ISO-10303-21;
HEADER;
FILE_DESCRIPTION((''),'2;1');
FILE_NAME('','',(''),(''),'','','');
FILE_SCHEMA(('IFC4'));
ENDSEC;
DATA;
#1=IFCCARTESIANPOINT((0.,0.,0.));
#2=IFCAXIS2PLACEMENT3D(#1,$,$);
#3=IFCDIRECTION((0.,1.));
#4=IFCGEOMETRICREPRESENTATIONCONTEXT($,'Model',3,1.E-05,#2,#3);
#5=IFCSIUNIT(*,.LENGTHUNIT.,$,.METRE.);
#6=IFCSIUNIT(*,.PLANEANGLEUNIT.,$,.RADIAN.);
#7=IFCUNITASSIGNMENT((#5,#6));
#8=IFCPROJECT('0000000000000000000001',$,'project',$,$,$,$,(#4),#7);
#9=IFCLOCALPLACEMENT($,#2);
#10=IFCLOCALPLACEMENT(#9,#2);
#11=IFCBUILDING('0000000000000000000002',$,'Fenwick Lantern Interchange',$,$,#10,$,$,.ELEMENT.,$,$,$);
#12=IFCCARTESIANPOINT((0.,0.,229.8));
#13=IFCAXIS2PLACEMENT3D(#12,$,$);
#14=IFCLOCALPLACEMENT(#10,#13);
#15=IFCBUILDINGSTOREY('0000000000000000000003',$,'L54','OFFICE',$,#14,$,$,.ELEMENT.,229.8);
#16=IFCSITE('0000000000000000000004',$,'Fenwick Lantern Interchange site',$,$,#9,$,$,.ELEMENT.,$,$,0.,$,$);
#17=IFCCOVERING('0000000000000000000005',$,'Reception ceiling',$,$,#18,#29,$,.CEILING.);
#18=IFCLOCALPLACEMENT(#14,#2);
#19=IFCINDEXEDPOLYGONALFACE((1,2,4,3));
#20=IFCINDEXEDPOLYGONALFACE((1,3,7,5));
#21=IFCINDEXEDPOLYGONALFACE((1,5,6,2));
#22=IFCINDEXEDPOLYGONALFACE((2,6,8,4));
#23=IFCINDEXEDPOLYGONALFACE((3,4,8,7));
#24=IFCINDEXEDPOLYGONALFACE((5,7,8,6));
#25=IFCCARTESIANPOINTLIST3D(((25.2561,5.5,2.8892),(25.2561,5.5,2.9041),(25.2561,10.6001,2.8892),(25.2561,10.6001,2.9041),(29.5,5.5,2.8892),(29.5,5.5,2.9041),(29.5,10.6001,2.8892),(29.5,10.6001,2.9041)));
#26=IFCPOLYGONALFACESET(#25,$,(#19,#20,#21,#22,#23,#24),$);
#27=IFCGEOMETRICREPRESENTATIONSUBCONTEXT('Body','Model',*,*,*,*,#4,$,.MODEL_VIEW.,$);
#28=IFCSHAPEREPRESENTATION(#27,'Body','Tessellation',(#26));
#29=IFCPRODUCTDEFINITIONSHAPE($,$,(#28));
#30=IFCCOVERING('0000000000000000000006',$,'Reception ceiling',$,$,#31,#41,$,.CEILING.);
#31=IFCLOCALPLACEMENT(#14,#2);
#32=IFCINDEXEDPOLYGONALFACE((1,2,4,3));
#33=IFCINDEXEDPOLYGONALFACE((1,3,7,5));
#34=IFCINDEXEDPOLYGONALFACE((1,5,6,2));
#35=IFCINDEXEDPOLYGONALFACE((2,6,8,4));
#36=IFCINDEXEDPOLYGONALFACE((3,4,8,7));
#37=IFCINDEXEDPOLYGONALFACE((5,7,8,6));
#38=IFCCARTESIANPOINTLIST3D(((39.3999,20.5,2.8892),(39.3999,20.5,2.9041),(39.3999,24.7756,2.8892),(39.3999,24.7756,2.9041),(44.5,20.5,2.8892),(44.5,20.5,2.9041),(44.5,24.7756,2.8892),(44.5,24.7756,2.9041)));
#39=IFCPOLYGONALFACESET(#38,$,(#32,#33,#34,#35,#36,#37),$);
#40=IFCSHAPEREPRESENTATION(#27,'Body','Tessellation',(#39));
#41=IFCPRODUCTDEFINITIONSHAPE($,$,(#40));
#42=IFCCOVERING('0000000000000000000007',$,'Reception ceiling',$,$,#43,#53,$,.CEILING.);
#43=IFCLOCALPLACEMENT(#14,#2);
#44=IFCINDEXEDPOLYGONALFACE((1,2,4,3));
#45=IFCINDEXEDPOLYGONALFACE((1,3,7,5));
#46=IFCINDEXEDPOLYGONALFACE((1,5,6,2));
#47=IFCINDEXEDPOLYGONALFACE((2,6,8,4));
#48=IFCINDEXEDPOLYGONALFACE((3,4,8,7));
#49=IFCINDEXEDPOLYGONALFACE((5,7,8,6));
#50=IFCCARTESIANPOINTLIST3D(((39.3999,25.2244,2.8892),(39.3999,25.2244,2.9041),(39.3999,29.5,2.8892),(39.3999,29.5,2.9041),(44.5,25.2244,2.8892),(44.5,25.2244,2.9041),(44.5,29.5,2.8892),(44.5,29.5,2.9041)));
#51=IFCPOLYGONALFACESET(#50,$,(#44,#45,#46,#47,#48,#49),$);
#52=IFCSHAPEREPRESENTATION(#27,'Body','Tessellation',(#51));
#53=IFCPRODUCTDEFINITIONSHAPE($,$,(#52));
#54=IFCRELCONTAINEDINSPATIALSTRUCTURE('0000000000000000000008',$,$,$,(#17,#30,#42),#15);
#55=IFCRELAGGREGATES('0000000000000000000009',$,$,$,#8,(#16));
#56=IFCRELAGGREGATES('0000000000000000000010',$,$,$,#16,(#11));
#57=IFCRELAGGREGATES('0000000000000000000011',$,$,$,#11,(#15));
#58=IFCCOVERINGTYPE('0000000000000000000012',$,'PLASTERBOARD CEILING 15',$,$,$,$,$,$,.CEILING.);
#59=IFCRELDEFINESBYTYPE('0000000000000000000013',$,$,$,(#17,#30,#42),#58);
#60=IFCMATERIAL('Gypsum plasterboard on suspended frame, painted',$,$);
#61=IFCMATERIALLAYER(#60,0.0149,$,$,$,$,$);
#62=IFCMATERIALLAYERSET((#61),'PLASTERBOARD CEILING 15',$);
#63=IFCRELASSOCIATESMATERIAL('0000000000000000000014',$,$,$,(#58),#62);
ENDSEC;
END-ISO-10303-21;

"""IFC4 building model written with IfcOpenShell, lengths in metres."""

from ifc_helpers import new_model, si_unit, direction, frame, origin, place, context, subcontext, project, spatial, polyline, outline, extrude, material, layer, layer_set, type_object, element, save


model = new_model("IFC4")

# Units and contexts
model_context = context("Model", 3, precision=1e-05, world=origin(), true_north=direction((0.0, 1.0)))
body_context = subcontext(model_context, "Body", "Model", "MODEL_VIEW")
ifc_project = project(units=[si_unit("LENGTHUNIT", "METRE"), si_unit("PLANEANGLEUNIT", "RADIAN")], contexts=[model_context])

# Site, building, storey
site_placement = place(None, origin())
site = spatial("IfcSite", under=ifc_project, at=site_placement, Name="Fenwick Lantern Interchange site", CompositionType="ELEMENT", RefElevation=0.0)
building_placement = place(site_placement, origin())
building = spatial("IfcBuilding", under=site, at=building_placement, Name="Fenwick Lantern Interchange", CompositionType="ELEMENT")
storey_placement = place(building_placement, frame((0.0, 0.0, 229.8)))
storey = spatial("IfcBuildingStorey", under=building, at=storey_placement, Name="L54", Description="OFFICE", CompositionType="ELEMENT", Elevation=229.8)

# Coverings
ifc_material_1 = material(Name="Gypsum plasterboard on suspended frame, painted")
ifc_layer_1 = layer(ifc_material_1, 0.0149)
ifc_layer_set_1 = layer_set([ifc_layer_1], Name="PLASTERBOARD CEILING 15")
covering_type_1 = type_object("IfcCoveringType", Name="PLASTERBOARD CEILING 15", PredefinedType="CEILING", material=ifc_layer_set_1)
covering_1_placement = place(storey_placement, frame((0.0, 0.0, 2.8892)))
element("IfcCovering", 1, at=covering_1_placement, inside=storey, type_object=covering_type_1, Name="Reception ceiling", PredefinedType="CEILING", context=body_context, shape_type="SweptSolid", body=[
    extrude(outline(polyline([(29.5, 10.6001), (25.2561, 10.6001), (25.2561, 5.5), (29.5, 5.5), (29.5, 10.6001)])), origin(), (0.0, 0.0, 1.0), 0.0149),
])
covering_2_placement = place(storey_placement, frame((0.0, 0.0, 2.8892)))
element("IfcCovering", 2, at=covering_2_placement, inside=storey, type_object=covering_type_1, Name="Reception ceiling", PredefinedType="CEILING", context=body_context, shape_type="SweptSolid", body=[
    extrude(outline(polyline([(39.3999, 20.5), (44.5, 20.5), (44.5, 24.7756), (39.3999, 24.7756), (39.3999, 20.5)])), origin(), (0.0, 0.0, 1.0), 0.0149),
])
covering_3_placement = place(storey_placement, frame((0.0, 0.0, 2.8892)))
element("IfcCovering", 3, at=covering_3_placement, inside=storey, type_object=covering_type_1, Name="Reception ceiling", PredefinedType="CEILING", context=body_context, shape_type="SweptSolid", body=[
    extrude(outline(polyline([(39.3999, 29.5), (39.3999, 25.2244), (44.5, 25.2244), (44.5, 29.5), (39.3999, 29.5)])), origin(), (0.0, 0.0, 1.0), 0.0149),
])

save(model, "model.ifc")
